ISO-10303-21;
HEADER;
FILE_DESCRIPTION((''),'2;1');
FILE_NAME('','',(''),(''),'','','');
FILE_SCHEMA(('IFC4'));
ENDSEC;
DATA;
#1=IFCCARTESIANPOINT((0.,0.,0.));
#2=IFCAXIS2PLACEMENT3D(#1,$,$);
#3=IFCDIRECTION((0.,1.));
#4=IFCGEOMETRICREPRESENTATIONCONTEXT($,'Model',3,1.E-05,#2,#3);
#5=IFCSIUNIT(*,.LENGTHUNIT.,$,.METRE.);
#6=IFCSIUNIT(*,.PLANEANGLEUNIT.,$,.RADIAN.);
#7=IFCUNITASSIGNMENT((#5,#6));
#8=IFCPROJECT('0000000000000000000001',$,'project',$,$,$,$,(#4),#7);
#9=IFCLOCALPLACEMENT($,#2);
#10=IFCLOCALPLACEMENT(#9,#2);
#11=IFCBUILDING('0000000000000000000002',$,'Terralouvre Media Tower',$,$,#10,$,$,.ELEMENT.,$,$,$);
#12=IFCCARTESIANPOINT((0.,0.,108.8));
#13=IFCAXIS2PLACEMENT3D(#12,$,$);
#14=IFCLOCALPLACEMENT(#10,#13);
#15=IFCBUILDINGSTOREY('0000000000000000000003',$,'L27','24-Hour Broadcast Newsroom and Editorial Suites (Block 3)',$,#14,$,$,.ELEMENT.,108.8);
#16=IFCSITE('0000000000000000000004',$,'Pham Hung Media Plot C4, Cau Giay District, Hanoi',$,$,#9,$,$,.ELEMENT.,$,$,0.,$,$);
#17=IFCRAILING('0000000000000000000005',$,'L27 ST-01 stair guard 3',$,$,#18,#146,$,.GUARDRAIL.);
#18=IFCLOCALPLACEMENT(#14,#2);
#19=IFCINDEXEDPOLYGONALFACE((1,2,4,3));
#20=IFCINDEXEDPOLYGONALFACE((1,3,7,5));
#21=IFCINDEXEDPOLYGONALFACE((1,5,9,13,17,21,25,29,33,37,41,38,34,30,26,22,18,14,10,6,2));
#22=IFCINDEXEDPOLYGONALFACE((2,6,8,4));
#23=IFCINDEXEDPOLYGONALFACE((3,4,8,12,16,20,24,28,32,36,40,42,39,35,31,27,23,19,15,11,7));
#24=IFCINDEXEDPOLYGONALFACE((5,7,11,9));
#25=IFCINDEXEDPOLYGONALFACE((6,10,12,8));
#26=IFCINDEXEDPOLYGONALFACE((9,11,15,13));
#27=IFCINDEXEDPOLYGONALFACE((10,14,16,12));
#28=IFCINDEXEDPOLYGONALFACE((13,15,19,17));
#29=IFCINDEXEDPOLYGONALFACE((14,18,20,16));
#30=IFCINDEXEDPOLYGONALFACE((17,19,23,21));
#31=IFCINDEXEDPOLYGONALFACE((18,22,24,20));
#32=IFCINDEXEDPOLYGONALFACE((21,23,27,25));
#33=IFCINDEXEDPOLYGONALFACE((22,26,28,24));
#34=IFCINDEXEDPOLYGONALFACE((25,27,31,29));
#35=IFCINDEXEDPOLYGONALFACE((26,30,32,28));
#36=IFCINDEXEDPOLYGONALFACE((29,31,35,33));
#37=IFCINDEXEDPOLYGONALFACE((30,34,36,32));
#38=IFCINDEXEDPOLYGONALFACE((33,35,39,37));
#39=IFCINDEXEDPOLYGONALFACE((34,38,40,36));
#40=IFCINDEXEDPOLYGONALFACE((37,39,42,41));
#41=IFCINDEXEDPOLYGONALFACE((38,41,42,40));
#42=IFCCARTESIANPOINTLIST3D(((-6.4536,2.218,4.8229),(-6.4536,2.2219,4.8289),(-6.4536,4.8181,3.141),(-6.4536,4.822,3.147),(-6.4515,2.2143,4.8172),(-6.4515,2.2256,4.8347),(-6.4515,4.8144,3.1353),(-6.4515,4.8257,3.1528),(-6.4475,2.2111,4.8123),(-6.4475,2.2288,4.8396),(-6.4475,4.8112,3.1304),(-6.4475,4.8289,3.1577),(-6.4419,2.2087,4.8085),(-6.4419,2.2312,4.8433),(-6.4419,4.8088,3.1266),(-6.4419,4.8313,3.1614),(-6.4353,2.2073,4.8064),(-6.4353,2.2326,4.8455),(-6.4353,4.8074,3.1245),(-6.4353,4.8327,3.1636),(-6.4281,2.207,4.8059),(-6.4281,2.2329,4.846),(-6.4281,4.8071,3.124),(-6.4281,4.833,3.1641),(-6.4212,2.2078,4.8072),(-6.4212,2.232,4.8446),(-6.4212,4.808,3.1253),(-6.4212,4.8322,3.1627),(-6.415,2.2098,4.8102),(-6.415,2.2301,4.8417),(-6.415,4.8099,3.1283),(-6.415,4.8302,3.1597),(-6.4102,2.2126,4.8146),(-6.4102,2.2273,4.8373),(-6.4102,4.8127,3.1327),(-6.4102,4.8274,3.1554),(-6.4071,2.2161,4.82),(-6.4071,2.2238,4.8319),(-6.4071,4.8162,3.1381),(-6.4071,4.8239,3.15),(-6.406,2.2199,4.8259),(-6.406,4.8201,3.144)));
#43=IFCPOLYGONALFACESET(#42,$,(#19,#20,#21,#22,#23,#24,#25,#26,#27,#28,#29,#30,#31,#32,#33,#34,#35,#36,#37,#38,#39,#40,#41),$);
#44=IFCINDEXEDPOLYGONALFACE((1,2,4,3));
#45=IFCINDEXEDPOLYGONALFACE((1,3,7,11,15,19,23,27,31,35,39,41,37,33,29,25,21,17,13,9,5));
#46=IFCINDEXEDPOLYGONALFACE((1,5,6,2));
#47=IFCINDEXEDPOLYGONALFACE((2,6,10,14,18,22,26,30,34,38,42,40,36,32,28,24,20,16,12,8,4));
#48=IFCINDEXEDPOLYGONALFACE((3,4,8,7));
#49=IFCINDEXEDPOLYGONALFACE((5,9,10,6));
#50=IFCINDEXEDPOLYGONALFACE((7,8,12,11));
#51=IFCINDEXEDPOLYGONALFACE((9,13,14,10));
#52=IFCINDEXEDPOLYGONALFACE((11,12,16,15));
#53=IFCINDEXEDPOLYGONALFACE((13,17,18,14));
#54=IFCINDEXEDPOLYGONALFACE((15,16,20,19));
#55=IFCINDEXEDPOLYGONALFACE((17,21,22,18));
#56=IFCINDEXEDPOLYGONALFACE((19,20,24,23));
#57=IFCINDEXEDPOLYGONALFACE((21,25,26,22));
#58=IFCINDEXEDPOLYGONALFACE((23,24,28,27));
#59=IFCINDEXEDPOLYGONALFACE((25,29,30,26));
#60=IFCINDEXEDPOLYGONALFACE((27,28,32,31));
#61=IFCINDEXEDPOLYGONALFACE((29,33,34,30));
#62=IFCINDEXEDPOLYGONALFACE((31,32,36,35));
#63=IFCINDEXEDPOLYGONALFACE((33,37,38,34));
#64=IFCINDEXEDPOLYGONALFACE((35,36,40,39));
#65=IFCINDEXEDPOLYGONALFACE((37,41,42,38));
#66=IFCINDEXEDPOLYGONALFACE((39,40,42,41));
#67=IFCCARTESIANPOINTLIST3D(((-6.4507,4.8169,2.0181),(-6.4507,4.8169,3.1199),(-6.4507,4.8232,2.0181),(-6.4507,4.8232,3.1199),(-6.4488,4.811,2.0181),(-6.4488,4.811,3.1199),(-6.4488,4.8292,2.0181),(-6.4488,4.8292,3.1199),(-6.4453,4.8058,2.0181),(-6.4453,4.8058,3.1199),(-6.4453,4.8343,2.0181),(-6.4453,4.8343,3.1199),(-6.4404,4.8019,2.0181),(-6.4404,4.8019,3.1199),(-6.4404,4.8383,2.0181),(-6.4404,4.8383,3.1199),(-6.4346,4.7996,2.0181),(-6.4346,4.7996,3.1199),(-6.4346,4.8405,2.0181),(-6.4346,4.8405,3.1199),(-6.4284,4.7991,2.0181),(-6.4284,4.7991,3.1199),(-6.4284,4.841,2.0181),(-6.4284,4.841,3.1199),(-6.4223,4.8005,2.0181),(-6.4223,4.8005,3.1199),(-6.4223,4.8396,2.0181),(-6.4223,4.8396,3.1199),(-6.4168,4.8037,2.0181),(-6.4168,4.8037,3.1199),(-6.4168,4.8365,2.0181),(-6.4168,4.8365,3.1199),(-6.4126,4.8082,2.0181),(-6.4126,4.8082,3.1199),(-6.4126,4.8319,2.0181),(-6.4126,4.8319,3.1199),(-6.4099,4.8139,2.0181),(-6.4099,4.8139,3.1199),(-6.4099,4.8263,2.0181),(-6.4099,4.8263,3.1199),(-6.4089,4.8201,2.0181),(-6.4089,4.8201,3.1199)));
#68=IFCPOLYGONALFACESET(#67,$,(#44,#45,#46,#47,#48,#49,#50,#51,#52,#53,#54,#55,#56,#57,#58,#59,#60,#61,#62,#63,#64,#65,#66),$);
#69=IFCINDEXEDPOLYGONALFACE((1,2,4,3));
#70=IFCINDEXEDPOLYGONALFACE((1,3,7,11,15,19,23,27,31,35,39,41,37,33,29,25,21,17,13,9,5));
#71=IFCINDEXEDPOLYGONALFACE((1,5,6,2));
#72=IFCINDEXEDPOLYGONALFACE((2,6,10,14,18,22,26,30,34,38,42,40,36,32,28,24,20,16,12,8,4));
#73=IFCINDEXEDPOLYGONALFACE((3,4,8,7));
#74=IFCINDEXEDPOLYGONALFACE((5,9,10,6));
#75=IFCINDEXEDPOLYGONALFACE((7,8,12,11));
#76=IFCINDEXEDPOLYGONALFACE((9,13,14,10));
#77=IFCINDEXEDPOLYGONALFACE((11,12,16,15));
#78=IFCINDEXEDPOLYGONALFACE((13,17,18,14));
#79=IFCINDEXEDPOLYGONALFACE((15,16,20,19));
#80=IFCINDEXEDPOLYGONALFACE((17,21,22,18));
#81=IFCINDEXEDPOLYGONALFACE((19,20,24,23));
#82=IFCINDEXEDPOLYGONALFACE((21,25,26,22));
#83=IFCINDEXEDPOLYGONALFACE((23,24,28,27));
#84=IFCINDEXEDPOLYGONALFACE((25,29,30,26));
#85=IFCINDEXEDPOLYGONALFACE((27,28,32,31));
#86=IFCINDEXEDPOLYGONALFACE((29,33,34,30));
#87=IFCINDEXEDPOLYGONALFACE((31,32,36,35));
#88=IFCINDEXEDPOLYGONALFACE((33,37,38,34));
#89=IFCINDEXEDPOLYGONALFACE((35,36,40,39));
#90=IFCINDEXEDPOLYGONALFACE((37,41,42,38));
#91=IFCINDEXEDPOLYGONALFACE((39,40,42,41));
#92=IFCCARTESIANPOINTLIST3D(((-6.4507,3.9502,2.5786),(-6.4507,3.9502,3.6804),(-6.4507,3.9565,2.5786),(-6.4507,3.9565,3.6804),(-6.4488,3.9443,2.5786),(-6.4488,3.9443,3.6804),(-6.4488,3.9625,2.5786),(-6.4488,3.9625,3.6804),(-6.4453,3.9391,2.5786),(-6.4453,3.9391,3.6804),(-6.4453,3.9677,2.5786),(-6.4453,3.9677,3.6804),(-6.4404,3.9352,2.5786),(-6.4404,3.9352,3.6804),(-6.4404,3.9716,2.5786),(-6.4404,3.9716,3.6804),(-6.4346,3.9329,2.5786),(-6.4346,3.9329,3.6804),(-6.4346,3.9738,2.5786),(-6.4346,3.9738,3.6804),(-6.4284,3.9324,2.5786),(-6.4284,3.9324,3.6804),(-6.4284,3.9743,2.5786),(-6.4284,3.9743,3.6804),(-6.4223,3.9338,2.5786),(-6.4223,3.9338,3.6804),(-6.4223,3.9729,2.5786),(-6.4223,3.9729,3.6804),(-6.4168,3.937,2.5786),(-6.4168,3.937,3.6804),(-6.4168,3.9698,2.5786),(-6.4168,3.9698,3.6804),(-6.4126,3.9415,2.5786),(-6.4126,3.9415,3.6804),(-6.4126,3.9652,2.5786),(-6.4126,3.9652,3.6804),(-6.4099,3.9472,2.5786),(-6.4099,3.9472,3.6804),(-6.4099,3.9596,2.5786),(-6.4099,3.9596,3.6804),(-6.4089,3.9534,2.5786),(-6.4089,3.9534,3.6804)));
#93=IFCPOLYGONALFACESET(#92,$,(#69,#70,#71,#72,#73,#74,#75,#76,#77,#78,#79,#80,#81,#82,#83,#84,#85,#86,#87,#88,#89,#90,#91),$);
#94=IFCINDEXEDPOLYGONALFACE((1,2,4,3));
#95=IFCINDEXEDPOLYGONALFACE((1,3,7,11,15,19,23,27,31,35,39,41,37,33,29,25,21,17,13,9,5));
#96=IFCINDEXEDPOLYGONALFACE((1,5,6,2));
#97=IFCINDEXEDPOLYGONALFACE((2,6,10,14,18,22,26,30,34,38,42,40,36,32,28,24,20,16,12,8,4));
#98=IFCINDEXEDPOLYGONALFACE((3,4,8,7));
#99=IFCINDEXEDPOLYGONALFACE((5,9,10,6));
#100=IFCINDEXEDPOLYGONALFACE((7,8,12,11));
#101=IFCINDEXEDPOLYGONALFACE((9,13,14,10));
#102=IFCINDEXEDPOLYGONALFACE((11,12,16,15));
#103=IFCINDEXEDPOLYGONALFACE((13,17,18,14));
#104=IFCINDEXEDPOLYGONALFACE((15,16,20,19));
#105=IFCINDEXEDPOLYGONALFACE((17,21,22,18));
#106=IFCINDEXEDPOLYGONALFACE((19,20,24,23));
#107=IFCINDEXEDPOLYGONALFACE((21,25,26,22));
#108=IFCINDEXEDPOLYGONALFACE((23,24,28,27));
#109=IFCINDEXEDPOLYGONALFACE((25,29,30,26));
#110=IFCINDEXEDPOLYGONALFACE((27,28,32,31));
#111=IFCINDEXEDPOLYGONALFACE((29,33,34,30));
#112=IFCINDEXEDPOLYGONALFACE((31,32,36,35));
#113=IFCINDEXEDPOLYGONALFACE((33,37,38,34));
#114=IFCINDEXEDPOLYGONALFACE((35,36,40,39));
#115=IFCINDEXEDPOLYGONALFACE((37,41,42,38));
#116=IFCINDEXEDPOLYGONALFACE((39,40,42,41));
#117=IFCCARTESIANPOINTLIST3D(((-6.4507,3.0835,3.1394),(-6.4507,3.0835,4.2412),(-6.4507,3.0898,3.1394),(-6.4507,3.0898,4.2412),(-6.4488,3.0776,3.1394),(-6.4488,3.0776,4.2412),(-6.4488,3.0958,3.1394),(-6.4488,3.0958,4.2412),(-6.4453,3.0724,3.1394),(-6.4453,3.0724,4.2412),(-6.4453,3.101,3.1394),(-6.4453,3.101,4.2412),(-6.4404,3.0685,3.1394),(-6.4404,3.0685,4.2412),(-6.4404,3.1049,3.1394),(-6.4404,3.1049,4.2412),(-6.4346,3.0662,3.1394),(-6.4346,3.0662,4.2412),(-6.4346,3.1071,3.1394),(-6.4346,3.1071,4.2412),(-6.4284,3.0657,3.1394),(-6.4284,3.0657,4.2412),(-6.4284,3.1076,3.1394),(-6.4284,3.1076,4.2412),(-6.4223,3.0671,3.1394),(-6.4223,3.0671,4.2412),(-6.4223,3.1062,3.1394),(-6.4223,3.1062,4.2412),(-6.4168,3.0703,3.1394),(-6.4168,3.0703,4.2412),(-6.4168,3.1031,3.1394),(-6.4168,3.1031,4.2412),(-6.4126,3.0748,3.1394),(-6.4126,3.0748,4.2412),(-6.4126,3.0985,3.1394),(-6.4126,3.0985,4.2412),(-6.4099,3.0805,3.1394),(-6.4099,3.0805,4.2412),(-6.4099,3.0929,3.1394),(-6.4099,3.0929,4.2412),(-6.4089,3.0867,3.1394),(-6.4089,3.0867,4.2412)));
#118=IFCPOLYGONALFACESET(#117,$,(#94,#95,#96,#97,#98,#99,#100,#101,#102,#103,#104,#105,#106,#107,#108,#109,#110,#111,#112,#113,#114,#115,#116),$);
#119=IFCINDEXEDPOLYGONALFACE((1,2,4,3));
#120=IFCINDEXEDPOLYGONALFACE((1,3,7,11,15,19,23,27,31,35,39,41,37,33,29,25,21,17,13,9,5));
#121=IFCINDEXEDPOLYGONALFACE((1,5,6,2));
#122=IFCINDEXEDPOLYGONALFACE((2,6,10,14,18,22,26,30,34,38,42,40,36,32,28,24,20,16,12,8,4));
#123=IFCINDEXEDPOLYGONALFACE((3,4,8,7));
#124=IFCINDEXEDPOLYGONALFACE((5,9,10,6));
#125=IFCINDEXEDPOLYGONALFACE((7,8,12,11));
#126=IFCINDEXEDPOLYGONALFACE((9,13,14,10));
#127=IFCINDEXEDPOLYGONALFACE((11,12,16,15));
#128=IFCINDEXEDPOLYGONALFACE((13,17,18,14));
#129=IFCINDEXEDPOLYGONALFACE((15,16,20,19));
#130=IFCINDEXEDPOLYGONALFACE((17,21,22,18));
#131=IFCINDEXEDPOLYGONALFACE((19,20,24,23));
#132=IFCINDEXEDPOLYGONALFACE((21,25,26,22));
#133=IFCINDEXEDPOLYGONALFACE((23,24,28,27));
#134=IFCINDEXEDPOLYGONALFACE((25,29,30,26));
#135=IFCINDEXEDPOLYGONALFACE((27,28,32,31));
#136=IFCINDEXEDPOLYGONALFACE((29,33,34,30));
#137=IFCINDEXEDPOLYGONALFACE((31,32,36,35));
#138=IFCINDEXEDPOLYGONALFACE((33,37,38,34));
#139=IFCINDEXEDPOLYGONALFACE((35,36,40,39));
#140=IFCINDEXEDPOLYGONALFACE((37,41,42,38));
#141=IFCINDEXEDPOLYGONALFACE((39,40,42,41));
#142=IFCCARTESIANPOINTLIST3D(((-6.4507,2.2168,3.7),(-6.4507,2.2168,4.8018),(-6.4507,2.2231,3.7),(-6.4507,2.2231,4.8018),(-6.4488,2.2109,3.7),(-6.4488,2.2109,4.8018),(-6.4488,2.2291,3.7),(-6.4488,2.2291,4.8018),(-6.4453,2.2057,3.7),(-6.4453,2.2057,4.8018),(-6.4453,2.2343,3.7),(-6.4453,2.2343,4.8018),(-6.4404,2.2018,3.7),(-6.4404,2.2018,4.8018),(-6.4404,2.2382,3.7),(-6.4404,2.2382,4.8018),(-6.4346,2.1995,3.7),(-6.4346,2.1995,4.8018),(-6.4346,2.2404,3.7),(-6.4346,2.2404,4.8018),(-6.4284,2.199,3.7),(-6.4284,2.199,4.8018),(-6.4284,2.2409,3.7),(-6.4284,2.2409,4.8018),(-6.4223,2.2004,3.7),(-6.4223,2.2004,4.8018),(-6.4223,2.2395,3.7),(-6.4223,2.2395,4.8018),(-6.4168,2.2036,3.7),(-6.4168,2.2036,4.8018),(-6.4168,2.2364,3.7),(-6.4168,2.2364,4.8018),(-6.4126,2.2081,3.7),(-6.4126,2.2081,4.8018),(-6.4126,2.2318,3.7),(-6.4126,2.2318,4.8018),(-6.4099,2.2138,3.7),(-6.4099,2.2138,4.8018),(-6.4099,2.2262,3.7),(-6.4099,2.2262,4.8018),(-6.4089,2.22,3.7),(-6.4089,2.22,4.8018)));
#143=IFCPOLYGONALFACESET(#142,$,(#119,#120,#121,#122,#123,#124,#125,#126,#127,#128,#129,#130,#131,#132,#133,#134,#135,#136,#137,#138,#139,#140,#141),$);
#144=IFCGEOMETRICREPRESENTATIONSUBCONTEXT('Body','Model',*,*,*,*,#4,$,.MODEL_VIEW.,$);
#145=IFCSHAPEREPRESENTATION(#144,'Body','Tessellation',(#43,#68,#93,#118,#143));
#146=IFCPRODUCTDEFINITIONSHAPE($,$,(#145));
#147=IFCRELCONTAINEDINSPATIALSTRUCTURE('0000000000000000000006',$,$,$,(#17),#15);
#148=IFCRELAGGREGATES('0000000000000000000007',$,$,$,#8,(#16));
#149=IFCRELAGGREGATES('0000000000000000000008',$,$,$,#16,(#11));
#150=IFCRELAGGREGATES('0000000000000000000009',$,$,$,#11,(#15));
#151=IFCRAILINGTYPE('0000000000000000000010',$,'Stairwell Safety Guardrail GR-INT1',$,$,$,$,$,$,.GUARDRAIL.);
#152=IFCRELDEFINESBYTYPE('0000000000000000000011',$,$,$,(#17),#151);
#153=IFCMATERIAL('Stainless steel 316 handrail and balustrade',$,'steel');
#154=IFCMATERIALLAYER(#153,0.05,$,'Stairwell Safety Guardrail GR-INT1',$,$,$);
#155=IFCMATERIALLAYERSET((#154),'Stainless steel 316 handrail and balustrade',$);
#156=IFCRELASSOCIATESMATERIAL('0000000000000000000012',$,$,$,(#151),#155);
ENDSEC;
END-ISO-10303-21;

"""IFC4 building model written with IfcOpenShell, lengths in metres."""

from ifc_helpers import new_model, si_unit, direction, frame, origin, origin_2d, place, context, subcontext, project, spatial, circle, extrude, material, layer, layer_set, type_object, element, save


model = new_model("IFC4")

# Units and contexts
model_context = context("Model", 3, precision=1e-05, world=origin(), true_north=direction((0.0, 1.0)))
body_context = subcontext(model_context, "Body", "Model", "MODEL_VIEW")
ifc_project = project(units=[si_unit("LENGTHUNIT", "METRE"), si_unit("PLANEANGLEUNIT", "RADIAN")], contexts=[model_context])

# Site, building, storey
site_placement = place(None, origin())
site = spatial("IfcSite", under=ifc_project, at=site_placement, Name="Pham Hung Media Plot C4, Cau Giay District, Hanoi", CompositionType="ELEMENT", RefElevation=0.0)
building_placement = place(site_placement, origin())
building = spatial("IfcBuilding", under=site, at=building_placement, Name="Terralouvre Media Tower", CompositionType="ELEMENT")
storey_placement = place(building_placement, frame((0.0, 0.0, 108.8)))
storey = spatial("IfcBuildingStorey", under=building, at=storey_placement, Name="L27", Description="24-Hour Broadcast Newsroom and Editorial Suites (Block 3)", CompositionType="ELEMENT", Elevation=108.8)

# Railing
ifc_material_1 = material(Name="Stainless steel 316 handrail and balustrade", Category="steel")
ifc_layer_1 = layer(ifc_material_1, 0.05, Name="Stairwell Safety Guardrail GR-INT1")
ifc_layer_set_1 = layer_set([ifc_layer_1], Name="Stainless steel 316 handrail and balustrade")
railing_type_1 = type_object("IfcRailingType", Name="Stairwell Safety Guardrail GR-INT1", PredefinedType="GUARDRAIL", material=ifc_layer_set_1)
railing_1_placement = place(storey_placement, frame((-6.4299, 4.8201, 2.0181)))
element("IfcRailing", 1, at=railing_1_placement, inside=storey, type_object=railing_type_1, Name="L27 ST-01 stair guard 3", PredefinedType="GUARDRAIL", context=body_context, shape_type="SweptSolid", body=[
    extrude(circle(Radius=0.0239, at=origin_2d()), frame((0.0, 0.0, 1.126), z_axis=(0.0, -0.839648, 0.54313), x_axis=(1.0, 0.0, 0.0)), (0.0, 0.0, 1.0), 3.0967),
    extrude(circle(Radius=0.021, at=origin_2d()), origin(), (0.0, 0.0, 1.0), 1.1018),
    extrude(circle(Radius=0.021, at=origin_2d()), frame((0.0, -0.8667, 0.5605)), (0.0, 0.0, 1.0), 1.1018),
    extrude(circle(Radius=0.021, at=origin_2d()), frame((0.0, -1.7334, 1.1213)), (0.0, 0.0, 1.0), 1.1018),
    extrude(circle(Radius=0.021, at=origin_2d()), frame((0.0, -2.6001, 1.6819)), (0.0, 0.0, 1.0), 1.1018),
])

save(model, "model.ifc")
